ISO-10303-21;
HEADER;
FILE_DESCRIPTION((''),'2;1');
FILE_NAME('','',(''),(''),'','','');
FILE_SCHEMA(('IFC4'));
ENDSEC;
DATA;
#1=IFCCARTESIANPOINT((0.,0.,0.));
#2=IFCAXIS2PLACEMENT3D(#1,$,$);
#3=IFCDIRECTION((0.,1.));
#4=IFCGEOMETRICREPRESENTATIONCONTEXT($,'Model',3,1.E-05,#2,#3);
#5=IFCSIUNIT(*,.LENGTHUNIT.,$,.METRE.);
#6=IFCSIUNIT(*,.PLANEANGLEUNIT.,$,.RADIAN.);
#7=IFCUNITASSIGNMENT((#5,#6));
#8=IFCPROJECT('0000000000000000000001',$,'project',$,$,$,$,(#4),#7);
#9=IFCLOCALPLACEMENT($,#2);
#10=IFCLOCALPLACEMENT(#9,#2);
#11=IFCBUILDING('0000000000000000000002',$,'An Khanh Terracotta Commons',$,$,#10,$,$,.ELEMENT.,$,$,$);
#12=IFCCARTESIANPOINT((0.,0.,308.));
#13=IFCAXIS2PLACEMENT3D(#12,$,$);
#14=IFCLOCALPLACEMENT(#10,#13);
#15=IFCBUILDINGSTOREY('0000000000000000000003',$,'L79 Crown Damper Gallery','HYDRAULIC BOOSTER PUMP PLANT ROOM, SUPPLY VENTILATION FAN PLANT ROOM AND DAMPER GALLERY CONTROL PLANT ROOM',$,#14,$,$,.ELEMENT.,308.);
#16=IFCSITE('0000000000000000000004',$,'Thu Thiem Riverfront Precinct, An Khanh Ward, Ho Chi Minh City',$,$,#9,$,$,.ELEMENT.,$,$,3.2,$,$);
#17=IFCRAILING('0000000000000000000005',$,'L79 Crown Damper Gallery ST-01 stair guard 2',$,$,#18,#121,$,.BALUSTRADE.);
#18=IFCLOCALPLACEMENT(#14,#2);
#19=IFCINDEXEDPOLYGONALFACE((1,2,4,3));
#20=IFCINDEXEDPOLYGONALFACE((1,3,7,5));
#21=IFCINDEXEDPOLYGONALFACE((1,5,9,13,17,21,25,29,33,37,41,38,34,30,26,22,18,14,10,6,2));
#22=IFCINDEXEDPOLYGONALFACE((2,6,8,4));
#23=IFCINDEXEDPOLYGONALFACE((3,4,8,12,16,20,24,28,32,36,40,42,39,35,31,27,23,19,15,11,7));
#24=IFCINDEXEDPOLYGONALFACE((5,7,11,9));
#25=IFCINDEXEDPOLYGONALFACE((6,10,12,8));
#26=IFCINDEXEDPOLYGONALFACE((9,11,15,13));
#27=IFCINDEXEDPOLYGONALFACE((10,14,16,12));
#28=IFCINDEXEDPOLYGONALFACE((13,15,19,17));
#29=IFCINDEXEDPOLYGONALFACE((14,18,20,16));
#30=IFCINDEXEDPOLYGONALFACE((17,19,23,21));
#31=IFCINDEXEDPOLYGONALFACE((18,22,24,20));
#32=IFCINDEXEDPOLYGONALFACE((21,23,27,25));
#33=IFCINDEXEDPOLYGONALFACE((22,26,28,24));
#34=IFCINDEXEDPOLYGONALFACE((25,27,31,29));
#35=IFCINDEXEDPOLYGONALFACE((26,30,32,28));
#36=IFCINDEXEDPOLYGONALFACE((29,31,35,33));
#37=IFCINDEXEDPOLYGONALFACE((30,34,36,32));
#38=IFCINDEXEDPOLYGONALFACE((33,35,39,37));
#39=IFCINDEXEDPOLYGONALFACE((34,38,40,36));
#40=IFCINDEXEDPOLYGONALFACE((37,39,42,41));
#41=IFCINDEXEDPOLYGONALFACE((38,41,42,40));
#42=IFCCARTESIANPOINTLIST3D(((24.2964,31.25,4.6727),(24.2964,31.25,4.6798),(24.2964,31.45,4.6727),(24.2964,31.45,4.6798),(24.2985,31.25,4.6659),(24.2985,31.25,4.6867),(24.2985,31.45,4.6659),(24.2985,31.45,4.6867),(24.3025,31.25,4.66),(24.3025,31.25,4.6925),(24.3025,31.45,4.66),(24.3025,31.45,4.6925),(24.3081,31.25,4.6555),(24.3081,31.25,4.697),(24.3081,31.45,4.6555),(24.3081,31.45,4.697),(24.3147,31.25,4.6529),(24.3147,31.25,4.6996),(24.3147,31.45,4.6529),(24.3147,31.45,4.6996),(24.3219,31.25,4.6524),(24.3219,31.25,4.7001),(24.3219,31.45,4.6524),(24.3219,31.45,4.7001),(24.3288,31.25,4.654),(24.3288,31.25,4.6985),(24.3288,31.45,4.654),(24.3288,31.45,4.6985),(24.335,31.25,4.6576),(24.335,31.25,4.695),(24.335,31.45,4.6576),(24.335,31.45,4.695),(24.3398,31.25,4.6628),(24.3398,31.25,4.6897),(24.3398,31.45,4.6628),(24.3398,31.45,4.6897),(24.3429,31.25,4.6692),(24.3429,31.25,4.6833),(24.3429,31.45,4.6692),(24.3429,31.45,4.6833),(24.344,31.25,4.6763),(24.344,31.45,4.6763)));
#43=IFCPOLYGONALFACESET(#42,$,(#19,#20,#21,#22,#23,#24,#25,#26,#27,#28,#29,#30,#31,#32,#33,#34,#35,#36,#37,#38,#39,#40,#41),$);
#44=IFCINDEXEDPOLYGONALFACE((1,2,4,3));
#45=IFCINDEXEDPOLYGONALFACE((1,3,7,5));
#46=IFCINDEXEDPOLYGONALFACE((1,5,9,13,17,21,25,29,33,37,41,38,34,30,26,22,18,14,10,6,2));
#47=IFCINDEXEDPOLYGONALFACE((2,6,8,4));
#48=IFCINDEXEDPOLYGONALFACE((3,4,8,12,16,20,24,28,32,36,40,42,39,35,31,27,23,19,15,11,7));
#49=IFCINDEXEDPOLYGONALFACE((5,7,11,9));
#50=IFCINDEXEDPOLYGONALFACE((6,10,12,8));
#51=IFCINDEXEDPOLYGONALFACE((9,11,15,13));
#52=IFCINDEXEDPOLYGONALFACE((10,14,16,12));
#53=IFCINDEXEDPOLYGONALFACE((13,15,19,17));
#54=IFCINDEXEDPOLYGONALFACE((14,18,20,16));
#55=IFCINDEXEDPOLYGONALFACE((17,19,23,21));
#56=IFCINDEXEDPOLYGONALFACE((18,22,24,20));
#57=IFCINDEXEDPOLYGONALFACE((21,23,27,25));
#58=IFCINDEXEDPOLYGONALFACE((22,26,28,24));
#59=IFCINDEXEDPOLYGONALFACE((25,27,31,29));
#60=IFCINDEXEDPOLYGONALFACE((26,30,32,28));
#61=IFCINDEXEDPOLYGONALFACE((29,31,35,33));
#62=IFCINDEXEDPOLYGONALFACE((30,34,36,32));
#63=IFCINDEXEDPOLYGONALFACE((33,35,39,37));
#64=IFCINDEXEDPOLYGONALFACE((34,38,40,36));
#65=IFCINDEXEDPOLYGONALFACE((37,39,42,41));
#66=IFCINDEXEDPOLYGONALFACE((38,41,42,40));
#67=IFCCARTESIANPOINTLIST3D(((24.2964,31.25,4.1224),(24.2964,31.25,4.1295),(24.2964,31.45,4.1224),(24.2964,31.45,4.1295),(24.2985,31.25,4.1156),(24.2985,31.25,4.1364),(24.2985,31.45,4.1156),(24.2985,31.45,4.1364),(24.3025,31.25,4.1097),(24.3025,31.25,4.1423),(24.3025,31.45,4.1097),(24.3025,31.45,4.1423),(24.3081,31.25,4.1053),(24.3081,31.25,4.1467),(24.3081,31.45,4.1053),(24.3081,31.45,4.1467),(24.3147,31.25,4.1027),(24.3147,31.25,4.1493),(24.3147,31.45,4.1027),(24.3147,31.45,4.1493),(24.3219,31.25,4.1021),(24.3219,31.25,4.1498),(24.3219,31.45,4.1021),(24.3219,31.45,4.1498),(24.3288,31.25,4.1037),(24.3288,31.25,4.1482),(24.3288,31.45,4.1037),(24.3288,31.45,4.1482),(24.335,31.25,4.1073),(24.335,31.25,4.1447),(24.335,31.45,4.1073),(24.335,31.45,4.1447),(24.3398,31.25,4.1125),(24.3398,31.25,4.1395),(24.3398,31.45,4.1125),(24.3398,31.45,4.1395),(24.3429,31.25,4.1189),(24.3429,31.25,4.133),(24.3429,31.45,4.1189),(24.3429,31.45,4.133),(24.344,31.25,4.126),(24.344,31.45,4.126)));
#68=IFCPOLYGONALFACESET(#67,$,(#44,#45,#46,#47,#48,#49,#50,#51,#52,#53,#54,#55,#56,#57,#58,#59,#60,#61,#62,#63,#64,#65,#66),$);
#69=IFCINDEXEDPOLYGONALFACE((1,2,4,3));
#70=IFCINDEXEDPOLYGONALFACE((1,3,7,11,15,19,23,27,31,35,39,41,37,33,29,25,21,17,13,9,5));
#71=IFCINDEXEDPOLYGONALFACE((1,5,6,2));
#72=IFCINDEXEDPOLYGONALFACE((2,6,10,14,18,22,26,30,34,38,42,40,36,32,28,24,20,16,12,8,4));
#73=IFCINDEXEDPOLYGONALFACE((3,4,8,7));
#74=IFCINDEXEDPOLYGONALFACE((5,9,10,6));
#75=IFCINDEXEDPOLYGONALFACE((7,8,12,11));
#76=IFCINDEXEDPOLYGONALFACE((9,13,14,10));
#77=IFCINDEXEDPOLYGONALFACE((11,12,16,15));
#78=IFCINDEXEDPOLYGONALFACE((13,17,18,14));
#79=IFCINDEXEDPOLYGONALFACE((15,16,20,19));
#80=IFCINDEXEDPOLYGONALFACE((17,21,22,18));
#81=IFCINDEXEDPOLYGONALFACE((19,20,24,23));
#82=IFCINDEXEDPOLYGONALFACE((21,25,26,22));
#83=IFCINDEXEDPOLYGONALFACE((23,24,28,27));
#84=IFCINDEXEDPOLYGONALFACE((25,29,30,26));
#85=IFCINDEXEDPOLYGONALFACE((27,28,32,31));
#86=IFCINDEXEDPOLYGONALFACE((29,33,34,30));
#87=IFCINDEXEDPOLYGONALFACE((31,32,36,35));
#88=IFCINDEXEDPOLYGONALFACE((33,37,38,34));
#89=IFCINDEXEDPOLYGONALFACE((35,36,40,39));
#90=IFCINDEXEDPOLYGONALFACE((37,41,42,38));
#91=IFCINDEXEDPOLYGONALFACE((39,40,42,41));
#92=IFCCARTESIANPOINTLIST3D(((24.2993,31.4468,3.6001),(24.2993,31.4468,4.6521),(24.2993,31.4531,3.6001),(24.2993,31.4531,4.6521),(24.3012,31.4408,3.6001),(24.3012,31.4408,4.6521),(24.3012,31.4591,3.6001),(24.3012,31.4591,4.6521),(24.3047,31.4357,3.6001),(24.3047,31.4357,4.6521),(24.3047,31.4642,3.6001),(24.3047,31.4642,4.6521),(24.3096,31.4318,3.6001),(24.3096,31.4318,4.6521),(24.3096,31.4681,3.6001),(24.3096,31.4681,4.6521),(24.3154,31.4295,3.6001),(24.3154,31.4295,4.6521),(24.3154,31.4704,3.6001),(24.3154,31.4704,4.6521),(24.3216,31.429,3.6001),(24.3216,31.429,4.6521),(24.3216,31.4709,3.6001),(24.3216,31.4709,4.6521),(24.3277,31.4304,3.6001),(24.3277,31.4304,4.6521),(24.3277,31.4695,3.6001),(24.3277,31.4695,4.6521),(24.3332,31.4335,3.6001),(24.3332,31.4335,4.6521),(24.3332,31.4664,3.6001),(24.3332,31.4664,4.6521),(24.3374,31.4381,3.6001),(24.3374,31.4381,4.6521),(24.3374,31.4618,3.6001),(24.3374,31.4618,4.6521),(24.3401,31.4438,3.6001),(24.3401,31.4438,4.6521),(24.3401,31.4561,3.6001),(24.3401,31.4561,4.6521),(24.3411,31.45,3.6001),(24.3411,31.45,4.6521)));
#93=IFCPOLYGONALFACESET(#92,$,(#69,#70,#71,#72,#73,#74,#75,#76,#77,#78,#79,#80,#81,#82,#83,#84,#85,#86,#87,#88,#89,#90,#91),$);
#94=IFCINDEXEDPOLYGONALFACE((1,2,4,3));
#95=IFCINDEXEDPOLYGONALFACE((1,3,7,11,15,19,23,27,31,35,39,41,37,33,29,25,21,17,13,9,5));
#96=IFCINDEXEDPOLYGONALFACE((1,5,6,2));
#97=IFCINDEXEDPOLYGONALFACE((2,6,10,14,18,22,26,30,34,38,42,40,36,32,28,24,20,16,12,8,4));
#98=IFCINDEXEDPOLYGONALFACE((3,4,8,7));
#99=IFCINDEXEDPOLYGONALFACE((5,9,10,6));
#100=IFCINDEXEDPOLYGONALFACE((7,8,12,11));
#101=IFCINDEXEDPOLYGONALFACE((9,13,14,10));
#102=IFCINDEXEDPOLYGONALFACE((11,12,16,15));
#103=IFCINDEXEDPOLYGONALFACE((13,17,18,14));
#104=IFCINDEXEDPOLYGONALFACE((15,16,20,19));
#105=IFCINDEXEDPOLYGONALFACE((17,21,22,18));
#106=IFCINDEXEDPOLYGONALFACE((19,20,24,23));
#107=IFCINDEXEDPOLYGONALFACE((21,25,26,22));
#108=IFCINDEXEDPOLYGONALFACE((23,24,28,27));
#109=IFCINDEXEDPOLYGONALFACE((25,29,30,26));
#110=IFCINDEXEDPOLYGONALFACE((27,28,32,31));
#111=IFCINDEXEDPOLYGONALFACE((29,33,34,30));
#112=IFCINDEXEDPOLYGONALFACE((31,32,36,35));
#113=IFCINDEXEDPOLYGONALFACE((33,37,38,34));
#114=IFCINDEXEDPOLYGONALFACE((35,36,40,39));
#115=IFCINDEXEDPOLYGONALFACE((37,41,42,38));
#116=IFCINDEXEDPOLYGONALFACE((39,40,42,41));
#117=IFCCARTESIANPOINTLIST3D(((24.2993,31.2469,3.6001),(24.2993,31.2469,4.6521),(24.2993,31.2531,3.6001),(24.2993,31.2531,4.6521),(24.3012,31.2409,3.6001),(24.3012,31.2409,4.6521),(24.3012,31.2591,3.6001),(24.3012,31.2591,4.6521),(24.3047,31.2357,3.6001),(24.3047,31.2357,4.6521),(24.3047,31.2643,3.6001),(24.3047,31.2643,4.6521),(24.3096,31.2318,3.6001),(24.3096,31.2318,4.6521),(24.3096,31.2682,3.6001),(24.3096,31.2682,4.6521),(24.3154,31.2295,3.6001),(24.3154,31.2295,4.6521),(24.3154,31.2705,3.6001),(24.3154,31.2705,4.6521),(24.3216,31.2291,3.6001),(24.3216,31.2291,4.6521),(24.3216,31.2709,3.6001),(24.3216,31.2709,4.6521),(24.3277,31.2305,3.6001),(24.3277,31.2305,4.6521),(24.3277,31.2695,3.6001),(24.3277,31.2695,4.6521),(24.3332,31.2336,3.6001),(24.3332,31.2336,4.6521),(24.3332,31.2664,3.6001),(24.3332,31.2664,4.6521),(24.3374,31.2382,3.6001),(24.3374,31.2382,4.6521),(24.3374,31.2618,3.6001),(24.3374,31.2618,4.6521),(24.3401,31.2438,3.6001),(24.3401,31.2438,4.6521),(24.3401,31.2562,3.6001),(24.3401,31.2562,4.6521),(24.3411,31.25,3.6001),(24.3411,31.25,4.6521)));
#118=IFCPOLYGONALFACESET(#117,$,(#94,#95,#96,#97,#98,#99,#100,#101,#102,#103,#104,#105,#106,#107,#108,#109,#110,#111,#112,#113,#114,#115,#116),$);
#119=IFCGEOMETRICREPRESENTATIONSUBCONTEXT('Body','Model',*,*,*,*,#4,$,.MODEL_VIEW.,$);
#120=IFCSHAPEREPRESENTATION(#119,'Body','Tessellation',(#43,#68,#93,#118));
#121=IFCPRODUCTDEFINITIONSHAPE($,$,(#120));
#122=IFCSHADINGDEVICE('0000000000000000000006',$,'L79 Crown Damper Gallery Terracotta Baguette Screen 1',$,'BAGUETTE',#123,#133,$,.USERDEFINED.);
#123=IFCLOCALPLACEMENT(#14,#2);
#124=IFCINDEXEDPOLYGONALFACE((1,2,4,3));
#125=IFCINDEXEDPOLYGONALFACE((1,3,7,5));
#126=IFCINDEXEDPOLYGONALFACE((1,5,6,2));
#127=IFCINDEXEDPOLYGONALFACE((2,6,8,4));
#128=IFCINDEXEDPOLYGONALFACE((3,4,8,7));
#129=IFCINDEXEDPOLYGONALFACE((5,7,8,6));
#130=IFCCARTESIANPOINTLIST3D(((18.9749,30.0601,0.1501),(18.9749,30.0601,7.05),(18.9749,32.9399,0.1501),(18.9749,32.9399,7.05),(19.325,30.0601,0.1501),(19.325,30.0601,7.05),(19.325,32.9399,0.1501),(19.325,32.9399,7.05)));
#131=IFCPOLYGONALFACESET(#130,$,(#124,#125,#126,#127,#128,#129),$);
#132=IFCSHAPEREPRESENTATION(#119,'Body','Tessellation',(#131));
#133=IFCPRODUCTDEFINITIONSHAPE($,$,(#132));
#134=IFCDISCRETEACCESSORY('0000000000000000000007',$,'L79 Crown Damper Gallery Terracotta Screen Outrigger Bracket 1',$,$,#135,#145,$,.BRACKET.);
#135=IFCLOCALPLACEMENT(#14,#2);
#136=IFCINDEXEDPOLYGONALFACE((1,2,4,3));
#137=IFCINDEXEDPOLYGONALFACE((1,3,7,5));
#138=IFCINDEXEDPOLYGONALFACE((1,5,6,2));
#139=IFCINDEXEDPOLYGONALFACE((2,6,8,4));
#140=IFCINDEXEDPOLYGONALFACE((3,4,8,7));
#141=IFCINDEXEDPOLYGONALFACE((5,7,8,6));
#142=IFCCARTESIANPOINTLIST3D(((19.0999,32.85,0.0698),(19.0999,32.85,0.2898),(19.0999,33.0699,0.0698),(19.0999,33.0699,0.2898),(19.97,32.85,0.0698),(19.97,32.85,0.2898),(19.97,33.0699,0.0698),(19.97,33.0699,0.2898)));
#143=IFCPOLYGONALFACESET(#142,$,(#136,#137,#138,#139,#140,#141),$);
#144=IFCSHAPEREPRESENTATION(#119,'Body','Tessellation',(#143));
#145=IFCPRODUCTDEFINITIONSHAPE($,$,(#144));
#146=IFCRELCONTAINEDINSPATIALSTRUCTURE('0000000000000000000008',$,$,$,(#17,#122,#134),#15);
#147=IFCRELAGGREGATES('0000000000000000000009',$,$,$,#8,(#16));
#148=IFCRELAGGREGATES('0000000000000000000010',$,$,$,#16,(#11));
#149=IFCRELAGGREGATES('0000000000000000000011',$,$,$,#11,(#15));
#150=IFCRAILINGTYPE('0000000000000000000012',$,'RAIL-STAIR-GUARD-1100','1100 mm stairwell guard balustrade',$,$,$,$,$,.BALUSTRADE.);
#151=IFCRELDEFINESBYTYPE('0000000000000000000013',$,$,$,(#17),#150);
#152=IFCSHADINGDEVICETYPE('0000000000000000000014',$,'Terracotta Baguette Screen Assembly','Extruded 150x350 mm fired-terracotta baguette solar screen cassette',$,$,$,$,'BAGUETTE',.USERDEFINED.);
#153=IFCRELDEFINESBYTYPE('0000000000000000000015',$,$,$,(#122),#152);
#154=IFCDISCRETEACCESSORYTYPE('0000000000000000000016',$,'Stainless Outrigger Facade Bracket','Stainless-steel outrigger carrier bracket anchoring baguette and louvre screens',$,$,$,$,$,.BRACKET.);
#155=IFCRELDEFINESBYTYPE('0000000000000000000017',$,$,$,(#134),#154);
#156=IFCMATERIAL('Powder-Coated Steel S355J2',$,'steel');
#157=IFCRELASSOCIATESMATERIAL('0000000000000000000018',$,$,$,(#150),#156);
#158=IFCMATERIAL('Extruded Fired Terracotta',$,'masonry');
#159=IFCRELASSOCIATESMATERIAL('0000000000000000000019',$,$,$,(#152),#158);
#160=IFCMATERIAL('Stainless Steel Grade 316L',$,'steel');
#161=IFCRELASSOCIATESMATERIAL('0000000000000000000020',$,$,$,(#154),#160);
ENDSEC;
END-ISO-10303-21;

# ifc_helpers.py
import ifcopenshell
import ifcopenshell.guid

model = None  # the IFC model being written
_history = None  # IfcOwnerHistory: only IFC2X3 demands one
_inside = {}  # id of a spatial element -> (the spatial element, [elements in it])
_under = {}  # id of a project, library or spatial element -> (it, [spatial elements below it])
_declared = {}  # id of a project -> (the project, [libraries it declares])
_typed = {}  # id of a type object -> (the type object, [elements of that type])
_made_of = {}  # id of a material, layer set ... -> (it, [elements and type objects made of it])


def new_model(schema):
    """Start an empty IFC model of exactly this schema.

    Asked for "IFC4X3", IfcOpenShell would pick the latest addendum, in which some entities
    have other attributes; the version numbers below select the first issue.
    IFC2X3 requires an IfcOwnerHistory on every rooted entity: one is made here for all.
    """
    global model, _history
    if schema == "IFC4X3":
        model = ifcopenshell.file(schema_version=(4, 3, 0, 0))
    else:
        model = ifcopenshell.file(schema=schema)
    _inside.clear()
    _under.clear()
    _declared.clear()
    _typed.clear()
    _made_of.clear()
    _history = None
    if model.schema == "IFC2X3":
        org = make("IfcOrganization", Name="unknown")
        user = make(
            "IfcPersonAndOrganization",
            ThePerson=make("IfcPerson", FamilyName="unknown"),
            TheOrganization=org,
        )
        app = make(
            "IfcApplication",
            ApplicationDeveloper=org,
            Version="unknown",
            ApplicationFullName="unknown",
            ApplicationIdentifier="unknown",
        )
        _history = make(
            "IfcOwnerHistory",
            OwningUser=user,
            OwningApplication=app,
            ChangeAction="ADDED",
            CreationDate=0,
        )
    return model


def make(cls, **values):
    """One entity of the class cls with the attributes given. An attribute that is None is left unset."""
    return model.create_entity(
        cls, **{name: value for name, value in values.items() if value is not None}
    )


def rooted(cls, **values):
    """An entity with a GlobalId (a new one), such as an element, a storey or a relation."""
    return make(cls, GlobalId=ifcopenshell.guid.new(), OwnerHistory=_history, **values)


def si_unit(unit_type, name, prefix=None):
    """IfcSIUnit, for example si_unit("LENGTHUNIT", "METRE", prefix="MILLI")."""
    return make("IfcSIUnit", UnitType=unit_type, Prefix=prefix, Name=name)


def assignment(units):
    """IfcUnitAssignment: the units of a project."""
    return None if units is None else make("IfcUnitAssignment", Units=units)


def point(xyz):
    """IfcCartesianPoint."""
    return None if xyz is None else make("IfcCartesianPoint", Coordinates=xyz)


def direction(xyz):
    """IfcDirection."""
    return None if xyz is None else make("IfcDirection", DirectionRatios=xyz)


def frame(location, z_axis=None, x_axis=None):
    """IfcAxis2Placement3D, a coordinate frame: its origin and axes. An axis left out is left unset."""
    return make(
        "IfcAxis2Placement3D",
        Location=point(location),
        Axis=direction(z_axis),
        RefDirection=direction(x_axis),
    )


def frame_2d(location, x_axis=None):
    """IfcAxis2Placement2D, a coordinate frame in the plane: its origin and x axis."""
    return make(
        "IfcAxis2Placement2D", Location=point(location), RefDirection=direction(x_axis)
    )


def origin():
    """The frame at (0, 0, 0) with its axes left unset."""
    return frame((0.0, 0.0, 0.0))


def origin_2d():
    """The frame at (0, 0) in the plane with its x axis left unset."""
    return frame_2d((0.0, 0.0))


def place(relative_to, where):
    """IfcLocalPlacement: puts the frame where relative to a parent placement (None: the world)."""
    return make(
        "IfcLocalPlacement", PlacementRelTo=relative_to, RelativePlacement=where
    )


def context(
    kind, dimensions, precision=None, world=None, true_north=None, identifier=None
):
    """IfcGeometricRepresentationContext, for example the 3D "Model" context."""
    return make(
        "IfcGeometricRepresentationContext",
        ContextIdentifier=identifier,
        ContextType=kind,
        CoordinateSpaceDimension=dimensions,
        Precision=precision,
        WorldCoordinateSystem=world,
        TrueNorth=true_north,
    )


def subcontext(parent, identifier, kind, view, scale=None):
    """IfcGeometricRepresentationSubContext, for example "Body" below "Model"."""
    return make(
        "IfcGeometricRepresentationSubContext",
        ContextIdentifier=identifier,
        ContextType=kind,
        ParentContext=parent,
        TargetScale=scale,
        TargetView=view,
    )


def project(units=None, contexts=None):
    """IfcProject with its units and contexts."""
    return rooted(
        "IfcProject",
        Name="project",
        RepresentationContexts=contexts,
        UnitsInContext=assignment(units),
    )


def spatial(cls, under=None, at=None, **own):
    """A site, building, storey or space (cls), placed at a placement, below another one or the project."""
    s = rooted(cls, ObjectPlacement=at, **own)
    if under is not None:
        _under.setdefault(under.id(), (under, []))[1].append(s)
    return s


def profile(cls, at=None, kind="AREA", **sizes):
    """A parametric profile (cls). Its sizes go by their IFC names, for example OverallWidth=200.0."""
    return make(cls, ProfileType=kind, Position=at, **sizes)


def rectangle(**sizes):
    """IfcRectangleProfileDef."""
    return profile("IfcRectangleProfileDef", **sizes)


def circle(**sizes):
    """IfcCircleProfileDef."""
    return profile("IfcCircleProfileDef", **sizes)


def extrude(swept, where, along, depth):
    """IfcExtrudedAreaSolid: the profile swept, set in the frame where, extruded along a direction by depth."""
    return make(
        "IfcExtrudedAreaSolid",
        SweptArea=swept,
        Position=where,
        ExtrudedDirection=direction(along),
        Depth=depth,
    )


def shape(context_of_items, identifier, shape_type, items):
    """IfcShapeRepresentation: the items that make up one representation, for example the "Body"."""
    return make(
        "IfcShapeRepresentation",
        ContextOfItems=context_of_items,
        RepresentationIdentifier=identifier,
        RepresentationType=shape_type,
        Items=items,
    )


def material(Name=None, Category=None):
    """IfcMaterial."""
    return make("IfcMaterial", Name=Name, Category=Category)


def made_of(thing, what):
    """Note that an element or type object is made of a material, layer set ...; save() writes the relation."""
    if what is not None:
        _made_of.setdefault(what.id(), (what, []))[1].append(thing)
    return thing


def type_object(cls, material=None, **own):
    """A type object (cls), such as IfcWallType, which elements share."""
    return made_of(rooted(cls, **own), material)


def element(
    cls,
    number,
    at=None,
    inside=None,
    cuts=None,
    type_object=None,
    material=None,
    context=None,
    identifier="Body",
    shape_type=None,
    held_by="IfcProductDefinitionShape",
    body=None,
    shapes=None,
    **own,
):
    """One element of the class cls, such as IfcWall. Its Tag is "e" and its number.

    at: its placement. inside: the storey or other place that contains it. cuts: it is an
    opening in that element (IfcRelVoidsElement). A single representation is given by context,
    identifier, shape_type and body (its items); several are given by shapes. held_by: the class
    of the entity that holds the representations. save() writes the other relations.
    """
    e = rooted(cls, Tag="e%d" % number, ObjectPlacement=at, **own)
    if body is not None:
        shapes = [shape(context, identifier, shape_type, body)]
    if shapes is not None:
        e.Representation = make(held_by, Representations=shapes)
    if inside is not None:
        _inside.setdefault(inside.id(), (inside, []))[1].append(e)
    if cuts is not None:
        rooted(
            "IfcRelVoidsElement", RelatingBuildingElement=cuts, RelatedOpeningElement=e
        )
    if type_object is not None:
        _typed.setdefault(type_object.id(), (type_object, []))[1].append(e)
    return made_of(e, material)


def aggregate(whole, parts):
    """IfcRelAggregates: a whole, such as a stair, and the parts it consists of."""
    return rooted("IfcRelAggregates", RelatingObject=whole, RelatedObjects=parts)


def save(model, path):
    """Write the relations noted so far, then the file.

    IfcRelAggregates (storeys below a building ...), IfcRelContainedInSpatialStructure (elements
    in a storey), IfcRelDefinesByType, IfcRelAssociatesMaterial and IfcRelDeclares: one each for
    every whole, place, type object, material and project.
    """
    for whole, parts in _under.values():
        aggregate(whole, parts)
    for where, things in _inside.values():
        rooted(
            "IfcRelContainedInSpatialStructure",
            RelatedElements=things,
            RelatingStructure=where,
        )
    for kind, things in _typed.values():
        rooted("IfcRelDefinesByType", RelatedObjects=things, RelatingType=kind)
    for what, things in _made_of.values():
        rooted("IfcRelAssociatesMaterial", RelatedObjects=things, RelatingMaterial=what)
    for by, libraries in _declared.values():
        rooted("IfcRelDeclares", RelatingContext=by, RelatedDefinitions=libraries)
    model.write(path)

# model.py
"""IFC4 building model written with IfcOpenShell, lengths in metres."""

from ifc_helpers import new_model, si_unit, direction, frame, origin, origin_2d, place, context, subcontext, project, spatial, rectangle, circle, extrude, material, type_object, element, save


model = new_model("IFC4")

# Units and contexts
model_context = context("Model", 3, precision=1e-05, world=origin(), true_north=direction((0.0, 1.0)))
body_context = subcontext(model_context, "Body", "Model", "MODEL_VIEW")
ifc_project = project(units=[si_unit("LENGTHUNIT", "METRE"), si_unit("PLANEANGLEUNIT", "RADIAN")], contexts=[model_context])

# Site, building, storey
site_placement = place(None, origin())
site = spatial("IfcSite", under=ifc_project, at=site_placement, Name="Thu Thiem Riverfront Precinct, An Khanh Ward, Ho Chi Minh City", CompositionType="ELEMENT", RefElevation=3.2)
building_placement = place(site_placement, origin())
building = spatial("IfcBuilding", under=site, at=building_placement, Name="An Khanh Terracotta Commons", CompositionType="ELEMENT")
storey_placement = place(building_placement, frame((0.0, 0.0, 308.0)))
storey = spatial("IfcBuildingStorey", under=building, at=storey_placement, Name="L79 Crown Damper Gallery", Description="HYDRAULIC BOOSTER PUMP PLANT ROOM, SUPPLY VENTILATION FAN PLANT ROOM AND DAMPER GALLERY CONTROL PLANT ROOM", CompositionType="ELEMENT", Elevation=308.0)

# Railing
ifc_material_1 = material(Name="Powder-Coated Steel S355J2", Category="steel")
railing_type = type_object("IfcRailingType", Name="RAIL-STAIR-GUARD-1100", Description="1100 mm stairwell guard balustrade", PredefinedType="BALUSTRADE", material=ifc_material_1)
railing_placement = place(storey_placement, frame((24.3201, 31.45, 3.6001)))
element("IfcRailing", 1, at=railing_placement, inside=storey, type_object=railing_type, Name="L79 Crown Damper Gallery ST-01 stair guard 2", PredefinedType="BALUSTRADE", context=body_context, shape_type="SweptSolid", body=[
    extrude(circle(Radius=0.0239, at=origin_2d()), frame((0.0, 0.0, 1.0762), z_axis=(0.0, -1.0, 0.0), x_axis=(1.0, 0.0, 0.0)), (0.0, 0.0, 1.0), 0.2),
    extrude(circle(Radius=0.0239, at=origin_2d()), frame((0.0, 0.0, 0.5259), z_axis=(0.0, -1.0, 0.0), x_axis=(1.0, 0.0, 0.0)), (0.0, 0.0, 1.0), 0.2),
    extrude(circle(Radius=0.021, at=origin_2d()), origin(), (0.0, 0.0, 1.0), 1.052),
    extrude(circle(Radius=0.021, at=origin_2d()), frame((0.0, -0.2, 0.0)), (0.0, 0.0, 1.0), 1.052),
])

# Shading device
ifc_material_2 = material(Name="Extruded Fired Terracotta", Category="masonry")
shading_device_type = type_object("IfcShadingDeviceType", Name="Terracotta Baguette Screen Assembly", Description="Extruded 150x350 mm fired-terracotta baguette solar screen cassette", ElementType="BAGUETTE", PredefinedType="USERDEFINED", material=ifc_material_2)
shading_device_placement = place(storey_placement, frame((19.1499, 31.5, 0.1501), z_axis=(0.0, 0.0, 1.0), x_axis=(0.0, -1.0, 0.0)))
element("IfcShadingDevice", 2, at=shading_device_placement, inside=storey, type_object=shading_device_type, Name="L79 Crown Damper Gallery Terracotta Baguette Screen 1", ObjectType="BAGUETTE", PredefinedType="USERDEFINED", context=body_context, shape_type="SweptSolid", body=[
    extrude(rectangle(XDim=2.8799, YDim=0.3501, at=origin_2d()), origin(), (0.0, 0.0, 1.0), 6.8999),
])

# Discrete accessory
ifc_material_3 = material(Name="Stainless Steel Grade 316L", Category="steel")
discrete_accessory_type = type_object("IfcDiscreteAccessoryType", Name="Stainless Outrigger Facade Bracket", Description="Stainless-steel outrigger carrier bracket anchoring baguette and louvre screens", PredefinedType="BRACKET", material=ifc_material_3)
discrete_accessory_placement = place(storey_placement, frame((19.5349, 32.96, 0.0698), z_axis=(0.0, 0.0, 1.0), x_axis=(0.0, -1.0, 0.0)))
element("IfcDiscreteAccessory", 3, at=discrete_accessory_placement, inside=storey, type_object=discrete_accessory_type, Name="L79 Crown Damper Gallery Terracotta Screen Outrigger Bracket 1", PredefinedType="BRACKET", context=body_context, shape_type="SweptSolid", body=[
    extrude(rectangle(XDim=0.22, YDim=0.8701, at=origin_2d()), origin(), (0.0, 0.0, 1.0), 0.22),
])

save(model, "model.ifc")
